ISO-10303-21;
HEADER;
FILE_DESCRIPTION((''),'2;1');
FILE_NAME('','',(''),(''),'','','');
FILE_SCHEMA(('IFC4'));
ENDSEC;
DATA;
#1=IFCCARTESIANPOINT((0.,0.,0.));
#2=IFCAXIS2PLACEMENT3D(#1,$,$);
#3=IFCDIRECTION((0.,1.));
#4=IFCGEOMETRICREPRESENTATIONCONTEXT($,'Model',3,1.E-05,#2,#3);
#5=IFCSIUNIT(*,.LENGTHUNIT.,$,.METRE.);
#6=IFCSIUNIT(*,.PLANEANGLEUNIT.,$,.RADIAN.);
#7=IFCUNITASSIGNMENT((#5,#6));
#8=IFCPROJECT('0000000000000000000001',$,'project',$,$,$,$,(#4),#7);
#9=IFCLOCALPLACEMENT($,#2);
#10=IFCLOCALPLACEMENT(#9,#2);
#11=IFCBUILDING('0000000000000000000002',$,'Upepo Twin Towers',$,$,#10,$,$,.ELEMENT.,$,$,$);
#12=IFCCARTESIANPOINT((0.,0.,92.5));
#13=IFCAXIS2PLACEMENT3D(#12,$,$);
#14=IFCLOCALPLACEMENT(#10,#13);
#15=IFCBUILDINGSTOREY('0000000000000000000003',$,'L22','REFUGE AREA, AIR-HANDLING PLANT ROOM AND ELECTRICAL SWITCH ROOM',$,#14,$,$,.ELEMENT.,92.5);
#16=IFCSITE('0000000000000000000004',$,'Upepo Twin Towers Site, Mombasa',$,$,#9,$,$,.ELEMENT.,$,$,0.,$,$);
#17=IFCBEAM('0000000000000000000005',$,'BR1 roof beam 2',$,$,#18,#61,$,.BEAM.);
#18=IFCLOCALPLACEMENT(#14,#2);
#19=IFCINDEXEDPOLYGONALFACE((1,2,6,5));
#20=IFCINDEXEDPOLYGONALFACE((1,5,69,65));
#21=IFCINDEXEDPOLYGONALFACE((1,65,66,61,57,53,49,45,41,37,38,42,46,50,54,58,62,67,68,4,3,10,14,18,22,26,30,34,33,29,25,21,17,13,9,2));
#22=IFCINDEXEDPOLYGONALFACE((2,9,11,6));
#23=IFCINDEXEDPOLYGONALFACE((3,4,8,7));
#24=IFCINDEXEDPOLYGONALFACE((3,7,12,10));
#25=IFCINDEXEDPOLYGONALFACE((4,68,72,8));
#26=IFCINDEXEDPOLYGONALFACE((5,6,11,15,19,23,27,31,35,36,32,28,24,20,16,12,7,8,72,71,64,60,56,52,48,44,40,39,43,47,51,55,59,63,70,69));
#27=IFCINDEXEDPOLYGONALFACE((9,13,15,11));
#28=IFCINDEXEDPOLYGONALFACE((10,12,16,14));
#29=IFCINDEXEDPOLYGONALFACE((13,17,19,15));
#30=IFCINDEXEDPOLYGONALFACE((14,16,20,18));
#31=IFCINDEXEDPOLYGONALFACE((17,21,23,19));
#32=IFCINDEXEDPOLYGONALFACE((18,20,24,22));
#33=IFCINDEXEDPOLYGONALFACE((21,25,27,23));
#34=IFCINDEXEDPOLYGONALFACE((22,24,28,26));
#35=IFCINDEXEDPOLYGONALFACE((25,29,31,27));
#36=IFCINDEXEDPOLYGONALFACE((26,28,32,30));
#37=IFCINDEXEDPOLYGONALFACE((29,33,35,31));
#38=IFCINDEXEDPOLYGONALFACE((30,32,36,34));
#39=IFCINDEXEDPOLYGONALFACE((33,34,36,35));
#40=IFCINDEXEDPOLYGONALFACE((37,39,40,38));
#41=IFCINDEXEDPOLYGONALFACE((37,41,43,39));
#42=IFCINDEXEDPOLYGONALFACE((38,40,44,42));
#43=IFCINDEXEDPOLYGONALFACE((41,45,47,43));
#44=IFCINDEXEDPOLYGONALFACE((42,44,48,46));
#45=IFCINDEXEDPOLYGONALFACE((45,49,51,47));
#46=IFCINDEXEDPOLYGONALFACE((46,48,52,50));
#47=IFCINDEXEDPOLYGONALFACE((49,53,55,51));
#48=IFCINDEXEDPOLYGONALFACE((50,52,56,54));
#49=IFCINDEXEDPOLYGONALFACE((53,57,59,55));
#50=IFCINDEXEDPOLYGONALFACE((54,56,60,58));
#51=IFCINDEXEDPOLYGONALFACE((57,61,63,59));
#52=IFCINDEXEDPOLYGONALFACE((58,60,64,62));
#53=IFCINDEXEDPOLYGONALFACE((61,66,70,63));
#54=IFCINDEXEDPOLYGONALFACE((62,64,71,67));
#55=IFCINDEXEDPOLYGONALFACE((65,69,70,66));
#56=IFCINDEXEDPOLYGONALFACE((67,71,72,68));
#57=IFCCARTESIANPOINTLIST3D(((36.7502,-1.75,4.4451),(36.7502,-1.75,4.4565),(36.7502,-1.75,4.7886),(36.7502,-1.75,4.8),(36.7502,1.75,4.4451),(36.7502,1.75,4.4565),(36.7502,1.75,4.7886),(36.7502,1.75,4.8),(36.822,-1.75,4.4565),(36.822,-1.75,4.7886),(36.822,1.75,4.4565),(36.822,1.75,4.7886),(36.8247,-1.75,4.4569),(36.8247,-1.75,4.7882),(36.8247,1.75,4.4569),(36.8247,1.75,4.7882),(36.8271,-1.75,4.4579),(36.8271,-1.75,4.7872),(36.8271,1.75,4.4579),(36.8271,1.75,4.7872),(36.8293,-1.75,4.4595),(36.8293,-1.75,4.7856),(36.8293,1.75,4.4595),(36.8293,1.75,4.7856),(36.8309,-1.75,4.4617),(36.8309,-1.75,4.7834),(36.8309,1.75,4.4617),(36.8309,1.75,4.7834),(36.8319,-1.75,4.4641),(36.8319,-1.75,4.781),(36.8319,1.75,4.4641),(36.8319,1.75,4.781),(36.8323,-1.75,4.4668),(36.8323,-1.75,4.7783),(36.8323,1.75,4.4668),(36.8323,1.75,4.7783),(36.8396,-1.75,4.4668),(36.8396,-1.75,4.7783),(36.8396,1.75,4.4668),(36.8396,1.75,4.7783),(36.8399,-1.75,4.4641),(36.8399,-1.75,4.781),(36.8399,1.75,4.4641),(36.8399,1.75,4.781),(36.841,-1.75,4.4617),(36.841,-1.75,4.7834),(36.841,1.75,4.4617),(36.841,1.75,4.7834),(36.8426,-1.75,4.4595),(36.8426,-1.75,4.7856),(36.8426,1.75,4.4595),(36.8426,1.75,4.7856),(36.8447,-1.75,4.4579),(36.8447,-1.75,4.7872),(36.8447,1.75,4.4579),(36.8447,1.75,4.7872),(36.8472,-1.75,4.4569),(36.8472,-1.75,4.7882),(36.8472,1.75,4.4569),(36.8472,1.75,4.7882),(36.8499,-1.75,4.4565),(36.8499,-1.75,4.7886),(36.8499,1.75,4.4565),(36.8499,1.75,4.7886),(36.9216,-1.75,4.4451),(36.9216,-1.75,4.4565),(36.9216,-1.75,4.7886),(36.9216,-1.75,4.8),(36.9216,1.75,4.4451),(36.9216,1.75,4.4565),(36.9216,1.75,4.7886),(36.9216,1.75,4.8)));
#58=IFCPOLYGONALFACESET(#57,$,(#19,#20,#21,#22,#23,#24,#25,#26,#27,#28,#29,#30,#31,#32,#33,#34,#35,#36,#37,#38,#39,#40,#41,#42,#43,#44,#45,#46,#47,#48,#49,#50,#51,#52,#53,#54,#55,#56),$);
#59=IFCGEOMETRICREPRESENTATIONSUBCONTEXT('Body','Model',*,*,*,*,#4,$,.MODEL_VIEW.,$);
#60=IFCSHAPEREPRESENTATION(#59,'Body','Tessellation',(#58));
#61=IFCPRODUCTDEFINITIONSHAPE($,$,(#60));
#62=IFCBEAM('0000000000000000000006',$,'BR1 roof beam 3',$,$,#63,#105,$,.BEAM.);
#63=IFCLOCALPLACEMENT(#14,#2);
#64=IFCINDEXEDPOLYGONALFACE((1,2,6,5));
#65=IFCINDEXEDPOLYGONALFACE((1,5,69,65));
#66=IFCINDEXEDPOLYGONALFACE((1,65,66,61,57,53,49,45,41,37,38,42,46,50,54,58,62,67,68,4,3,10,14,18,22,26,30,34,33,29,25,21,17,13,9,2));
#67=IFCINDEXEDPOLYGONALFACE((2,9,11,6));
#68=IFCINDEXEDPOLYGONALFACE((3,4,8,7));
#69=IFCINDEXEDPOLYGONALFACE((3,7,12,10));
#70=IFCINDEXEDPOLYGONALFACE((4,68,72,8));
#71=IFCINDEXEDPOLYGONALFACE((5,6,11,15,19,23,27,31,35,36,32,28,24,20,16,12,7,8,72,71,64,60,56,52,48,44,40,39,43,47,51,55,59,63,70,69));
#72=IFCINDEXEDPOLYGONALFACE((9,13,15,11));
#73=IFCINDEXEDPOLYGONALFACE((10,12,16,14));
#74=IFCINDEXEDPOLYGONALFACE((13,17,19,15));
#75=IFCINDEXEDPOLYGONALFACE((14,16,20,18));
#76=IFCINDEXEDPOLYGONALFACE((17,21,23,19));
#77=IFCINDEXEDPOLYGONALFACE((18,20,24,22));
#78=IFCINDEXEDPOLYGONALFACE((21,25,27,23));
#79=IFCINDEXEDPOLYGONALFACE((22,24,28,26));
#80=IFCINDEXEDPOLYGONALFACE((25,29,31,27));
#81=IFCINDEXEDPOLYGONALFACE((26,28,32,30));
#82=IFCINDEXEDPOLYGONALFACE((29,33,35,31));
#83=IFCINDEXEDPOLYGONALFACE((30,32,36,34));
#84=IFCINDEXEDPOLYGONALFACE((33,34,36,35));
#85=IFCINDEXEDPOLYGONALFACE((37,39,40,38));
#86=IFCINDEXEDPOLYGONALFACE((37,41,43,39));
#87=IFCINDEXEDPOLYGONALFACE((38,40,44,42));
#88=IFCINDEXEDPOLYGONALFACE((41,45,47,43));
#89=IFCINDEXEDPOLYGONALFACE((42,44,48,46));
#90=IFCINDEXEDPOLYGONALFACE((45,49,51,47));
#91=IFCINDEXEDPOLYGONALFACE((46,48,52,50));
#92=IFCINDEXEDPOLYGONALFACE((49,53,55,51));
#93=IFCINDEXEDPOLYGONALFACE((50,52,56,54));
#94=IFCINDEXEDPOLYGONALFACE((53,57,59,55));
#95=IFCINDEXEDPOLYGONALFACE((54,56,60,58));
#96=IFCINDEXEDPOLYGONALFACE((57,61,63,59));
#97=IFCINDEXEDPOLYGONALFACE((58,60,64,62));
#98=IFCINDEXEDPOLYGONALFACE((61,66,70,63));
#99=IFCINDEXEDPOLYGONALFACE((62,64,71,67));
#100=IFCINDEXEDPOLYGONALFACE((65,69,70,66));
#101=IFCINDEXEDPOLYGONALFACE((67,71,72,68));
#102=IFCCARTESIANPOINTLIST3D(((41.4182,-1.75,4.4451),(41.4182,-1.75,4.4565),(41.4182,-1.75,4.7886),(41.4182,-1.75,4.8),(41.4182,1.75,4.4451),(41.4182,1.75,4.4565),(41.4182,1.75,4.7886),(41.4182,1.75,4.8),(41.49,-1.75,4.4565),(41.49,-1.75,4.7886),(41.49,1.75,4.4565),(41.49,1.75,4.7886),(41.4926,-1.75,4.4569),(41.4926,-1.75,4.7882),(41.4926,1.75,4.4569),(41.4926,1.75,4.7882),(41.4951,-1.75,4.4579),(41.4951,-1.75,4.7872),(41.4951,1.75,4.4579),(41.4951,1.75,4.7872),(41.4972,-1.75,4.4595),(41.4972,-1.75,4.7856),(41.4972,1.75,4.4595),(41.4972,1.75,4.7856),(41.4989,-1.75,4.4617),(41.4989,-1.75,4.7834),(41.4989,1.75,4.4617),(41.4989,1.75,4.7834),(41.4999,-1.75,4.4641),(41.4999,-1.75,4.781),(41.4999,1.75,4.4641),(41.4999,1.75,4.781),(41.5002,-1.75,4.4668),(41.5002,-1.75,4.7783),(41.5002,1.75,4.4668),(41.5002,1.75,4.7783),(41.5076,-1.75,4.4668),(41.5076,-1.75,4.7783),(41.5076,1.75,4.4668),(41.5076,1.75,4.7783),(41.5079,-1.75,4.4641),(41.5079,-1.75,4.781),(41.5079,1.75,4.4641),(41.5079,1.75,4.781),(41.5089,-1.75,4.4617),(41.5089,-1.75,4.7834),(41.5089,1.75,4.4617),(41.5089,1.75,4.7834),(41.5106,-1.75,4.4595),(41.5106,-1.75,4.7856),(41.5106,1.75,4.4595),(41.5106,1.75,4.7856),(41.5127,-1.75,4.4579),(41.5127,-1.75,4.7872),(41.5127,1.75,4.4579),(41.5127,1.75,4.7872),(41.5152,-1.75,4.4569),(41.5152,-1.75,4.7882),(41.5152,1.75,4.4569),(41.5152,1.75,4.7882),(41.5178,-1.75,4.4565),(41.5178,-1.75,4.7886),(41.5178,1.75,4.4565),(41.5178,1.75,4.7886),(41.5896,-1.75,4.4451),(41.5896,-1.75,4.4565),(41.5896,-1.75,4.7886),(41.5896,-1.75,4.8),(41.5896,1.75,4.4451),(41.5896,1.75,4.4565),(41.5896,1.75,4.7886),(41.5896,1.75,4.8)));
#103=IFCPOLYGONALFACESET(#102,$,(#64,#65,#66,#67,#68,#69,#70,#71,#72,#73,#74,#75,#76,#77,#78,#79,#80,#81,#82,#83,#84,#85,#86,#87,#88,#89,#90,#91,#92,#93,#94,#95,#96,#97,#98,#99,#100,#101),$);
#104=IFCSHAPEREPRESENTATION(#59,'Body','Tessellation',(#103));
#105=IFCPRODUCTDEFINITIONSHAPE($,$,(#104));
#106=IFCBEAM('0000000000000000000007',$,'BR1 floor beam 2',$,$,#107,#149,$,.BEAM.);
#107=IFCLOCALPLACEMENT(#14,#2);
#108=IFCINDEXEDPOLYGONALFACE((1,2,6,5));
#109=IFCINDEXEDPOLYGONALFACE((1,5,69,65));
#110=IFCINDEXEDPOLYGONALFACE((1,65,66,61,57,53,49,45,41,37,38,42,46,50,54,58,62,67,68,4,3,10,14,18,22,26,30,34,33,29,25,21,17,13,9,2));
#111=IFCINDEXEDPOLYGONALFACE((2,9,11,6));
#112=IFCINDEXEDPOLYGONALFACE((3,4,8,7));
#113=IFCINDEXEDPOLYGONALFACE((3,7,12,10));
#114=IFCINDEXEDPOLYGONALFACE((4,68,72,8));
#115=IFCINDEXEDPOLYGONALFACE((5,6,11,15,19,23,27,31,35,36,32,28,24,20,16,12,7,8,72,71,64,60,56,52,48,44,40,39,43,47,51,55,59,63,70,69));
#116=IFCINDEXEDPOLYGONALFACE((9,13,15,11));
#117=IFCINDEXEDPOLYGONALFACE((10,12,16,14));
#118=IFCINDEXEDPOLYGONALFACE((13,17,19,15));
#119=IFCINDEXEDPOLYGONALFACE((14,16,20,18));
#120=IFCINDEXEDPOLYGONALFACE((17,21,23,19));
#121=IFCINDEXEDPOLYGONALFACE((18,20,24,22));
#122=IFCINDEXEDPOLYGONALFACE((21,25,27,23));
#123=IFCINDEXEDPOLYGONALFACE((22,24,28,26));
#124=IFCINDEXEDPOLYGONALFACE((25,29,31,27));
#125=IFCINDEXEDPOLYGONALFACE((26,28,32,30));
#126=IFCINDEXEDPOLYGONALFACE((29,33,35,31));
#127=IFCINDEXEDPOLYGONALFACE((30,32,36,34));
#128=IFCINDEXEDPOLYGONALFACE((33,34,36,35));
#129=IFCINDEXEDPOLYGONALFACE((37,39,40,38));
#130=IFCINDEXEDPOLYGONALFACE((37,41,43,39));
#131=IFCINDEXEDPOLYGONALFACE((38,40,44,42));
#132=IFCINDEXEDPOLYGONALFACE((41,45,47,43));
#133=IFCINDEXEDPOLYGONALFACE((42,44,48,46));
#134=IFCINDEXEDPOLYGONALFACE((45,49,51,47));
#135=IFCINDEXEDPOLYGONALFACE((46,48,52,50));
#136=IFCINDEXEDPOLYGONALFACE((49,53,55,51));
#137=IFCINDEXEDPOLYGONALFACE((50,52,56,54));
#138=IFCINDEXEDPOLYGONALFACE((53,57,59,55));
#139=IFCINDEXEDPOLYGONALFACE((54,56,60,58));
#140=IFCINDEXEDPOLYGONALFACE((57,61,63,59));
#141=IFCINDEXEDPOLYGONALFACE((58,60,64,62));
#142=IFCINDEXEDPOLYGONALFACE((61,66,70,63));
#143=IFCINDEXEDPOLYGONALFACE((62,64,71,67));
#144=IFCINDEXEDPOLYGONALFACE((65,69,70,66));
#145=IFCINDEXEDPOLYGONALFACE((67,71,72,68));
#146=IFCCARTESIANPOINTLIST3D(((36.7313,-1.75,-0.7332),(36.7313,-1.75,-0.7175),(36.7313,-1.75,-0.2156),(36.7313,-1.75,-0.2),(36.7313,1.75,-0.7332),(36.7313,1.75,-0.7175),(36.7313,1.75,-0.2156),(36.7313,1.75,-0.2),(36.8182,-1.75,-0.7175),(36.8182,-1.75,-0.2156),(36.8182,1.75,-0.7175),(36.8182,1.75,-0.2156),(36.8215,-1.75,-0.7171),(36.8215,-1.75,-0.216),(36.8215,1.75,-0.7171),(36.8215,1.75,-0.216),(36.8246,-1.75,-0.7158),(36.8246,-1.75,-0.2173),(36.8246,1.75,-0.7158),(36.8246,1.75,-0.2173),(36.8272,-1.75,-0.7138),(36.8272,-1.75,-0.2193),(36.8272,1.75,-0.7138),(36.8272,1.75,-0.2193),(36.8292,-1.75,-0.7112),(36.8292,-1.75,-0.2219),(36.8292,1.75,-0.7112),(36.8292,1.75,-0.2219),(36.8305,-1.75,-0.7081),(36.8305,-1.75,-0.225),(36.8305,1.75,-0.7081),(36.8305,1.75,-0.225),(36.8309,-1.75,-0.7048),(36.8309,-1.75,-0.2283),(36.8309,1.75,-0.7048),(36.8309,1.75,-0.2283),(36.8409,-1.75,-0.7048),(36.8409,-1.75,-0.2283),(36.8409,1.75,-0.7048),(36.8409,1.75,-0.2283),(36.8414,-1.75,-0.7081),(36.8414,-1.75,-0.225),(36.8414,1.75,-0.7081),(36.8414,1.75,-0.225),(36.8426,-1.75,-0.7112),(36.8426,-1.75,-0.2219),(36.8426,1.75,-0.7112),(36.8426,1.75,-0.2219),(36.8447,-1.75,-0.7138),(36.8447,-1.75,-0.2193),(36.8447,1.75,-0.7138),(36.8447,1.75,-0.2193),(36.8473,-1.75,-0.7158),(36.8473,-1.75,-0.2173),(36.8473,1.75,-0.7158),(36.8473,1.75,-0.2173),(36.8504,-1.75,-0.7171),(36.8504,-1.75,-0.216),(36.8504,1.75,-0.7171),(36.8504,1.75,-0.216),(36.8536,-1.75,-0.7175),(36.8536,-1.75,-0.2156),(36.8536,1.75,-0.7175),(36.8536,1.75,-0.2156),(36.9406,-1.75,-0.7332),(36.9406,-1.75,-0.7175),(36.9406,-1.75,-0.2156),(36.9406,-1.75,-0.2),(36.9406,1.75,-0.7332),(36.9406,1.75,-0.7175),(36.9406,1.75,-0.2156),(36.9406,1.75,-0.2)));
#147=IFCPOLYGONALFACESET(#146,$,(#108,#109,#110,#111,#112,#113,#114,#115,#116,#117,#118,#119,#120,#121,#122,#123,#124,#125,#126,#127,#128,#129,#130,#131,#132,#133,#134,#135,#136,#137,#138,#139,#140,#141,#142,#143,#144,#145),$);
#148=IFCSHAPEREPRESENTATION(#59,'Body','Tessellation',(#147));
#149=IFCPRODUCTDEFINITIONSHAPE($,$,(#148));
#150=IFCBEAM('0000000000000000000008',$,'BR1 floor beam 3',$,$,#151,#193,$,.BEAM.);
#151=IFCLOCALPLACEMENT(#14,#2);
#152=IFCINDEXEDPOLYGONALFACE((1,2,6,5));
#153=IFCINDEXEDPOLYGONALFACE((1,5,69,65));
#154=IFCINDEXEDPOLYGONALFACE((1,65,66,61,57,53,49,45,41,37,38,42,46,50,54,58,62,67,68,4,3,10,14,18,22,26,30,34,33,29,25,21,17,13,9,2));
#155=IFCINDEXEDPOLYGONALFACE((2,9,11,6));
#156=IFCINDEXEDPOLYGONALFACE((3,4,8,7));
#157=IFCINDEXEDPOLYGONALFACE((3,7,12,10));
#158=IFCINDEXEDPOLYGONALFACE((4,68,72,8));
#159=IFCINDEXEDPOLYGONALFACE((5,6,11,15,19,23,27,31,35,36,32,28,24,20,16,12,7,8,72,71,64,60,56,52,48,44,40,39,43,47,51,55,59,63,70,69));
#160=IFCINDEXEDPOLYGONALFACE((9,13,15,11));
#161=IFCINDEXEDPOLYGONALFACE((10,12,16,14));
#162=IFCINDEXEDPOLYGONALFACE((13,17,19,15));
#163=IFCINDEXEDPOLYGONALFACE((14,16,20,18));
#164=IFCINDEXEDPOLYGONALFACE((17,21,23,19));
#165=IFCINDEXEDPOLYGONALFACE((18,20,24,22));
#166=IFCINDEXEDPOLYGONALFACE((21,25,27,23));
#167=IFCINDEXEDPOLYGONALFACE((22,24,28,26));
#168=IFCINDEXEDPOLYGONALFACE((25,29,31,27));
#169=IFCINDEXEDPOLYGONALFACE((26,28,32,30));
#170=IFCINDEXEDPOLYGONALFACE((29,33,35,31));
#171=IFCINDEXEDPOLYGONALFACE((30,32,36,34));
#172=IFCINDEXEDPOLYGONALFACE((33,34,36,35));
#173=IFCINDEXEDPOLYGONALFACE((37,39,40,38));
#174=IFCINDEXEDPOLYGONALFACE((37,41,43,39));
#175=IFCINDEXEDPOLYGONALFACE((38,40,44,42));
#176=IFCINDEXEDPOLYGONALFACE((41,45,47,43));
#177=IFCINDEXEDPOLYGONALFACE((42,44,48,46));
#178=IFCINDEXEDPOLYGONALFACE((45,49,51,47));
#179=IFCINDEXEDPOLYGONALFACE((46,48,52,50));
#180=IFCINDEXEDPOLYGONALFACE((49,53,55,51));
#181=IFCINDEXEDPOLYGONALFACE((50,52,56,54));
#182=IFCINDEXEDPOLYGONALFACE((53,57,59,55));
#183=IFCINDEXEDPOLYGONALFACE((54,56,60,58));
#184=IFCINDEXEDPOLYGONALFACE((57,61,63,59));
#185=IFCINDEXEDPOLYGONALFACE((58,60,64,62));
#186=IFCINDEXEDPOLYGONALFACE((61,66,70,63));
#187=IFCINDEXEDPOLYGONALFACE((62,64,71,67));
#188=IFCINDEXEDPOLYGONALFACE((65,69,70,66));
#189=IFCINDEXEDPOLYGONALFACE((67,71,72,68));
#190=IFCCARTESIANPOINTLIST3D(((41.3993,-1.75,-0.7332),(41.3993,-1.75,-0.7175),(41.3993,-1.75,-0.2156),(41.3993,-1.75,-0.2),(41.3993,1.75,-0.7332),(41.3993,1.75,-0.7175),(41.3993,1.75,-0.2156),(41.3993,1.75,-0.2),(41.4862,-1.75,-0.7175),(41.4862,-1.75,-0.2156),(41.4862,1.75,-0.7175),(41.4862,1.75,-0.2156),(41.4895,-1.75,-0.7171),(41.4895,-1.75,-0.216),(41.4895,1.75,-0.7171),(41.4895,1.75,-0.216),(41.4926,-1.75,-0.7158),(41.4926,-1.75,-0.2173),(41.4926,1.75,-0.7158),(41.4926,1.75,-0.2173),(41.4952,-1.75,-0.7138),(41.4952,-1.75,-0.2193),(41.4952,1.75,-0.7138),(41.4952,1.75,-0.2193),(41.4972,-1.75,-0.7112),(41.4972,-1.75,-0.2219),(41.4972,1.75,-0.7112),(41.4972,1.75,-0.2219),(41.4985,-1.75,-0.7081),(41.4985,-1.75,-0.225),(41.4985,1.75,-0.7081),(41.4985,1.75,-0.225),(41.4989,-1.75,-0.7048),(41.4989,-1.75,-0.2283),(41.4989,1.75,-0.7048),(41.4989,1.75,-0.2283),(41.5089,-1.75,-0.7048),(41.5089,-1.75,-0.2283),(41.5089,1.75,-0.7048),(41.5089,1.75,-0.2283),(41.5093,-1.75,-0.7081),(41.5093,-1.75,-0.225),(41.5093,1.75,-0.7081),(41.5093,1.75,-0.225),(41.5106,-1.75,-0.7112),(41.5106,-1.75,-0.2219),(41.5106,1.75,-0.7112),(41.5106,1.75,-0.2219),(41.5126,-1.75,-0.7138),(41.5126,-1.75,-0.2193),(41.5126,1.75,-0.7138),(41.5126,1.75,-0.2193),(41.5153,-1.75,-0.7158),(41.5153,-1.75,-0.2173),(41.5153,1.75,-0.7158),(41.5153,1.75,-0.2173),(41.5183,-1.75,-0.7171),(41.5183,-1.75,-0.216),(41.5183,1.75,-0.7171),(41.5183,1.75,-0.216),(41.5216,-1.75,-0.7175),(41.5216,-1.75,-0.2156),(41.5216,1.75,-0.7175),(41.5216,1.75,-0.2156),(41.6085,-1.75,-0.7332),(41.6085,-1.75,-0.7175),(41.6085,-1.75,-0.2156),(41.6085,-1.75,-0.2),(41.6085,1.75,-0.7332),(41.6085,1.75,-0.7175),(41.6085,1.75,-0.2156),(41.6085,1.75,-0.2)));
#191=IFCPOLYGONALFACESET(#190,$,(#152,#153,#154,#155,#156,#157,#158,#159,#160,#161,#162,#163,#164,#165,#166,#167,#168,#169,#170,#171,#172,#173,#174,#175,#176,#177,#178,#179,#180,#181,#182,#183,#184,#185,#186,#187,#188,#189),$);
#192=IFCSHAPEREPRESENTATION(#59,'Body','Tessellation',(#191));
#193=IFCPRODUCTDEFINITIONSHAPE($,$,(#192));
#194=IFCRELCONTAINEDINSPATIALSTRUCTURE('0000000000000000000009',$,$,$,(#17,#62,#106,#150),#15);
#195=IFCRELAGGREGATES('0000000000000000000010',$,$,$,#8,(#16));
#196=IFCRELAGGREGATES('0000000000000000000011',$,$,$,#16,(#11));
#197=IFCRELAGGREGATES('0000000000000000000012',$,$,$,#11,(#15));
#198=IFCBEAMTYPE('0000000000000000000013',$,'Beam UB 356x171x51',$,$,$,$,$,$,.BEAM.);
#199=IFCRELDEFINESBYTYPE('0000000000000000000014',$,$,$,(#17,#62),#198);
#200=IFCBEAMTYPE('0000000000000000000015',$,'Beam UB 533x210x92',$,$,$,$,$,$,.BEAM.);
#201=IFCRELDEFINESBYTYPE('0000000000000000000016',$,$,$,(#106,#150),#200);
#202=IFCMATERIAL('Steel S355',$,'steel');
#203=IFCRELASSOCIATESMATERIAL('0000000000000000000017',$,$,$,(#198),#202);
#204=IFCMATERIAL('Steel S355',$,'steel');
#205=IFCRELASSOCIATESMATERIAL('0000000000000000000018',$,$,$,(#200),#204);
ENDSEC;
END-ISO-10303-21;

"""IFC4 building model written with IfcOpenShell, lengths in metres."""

from ifc_helpers import new_model, si_unit, direction, frame, origin, origin_2d, place, context, subcontext, project, spatial, i_section, extrude, material, material_profile, profile_set, type_object, element, save


model = new_model("IFC4")

# Units and contexts
model_context = context("Model", 3, precision=1e-05, world=origin(), true_north=direction((0.0, 1.0)))
body_context = subcontext(model_context, "Body", "Model", "MODEL_VIEW")
ifc_project = project(units=[si_unit("LENGTHUNIT", "METRE"), si_unit("PLANEANGLEUNIT", "RADIAN")], contexts=[model_context])

# Site, building, storey
site_placement = place(None, origin())
site = spatial("IfcSite", under=ifc_project, at=site_placement, Name="Upepo Twin Towers Site, Mombasa", CompositionType="ELEMENT", RefElevation=0.0)
building_placement = place(site_placement, origin())
building = spatial("IfcBuilding", under=site, at=building_placement, Name="Upepo Twin Towers", CompositionType="ELEMENT")
storey_placement = place(building_placement, frame((0.0, 0.0, 92.5)))
storey = spatial("IfcBuildingStorey", under=building, at=storey_placement, Name="L22", Description="REFUGE AREA, AIR-HANDLING PLANT ROOM AND ELECTRICAL SWITCH ROOM", CompositionType="ELEMENT", Elevation=92.5)

# Beams
ifc_material_1 = material(Name="Steel S355", Category="steel")
ifc_material_profile_1 = material_profile(ifc_material_1, i_section(OverallWidth=0.1714, OverallDepth=0.355, WebThickness=0.0073, FlangeThickness=0.0115, FilletRadius=0.0103, at=origin_2d()), Name="UB 356x171x51")
ifc_profile_set_1 = profile_set([ifc_material_profile_1], Name="Steel S355")
beam_type_1 = type_object("IfcBeamType", Name="Beam UB 356x171x51", PredefinedType="BEAM", material=ifc_profile_set_1)
for number, where, z_axis, x_axis, name in (
    (1, (36.8359, -1.75, 4.6226), (0.0, 1.0, 0.0), (-1.0, 0.0, 0.0), "BR1 roof beam 2"),
    (2, (41.5039, -1.75, 4.6226), (0.0, 1.0, 0.0), (-1.0, 0.0, 0.0), "BR1 roof beam 3"),
):
    element("IfcBeam", number, at=place(storey_placement, frame(where, z_axis=z_axis, x_axis=x_axis)), inside=storey, type_object=beam_type_1, Name=name, PredefinedType="BEAM", context=body_context, shape_type="SweptSolid", body=[
        extrude(i_section(OverallWidth=0.1714, OverallDepth=0.355, WebThickness=0.0073, FlangeThickness=0.0115, FilletRadius=0.0103, at=origin_2d()), origin(), (0.0, 0.0, 1.0), 3.5),
    ])
ifc_material_2 = material(Name="Steel S355", Category="steel")
ifc_material_profile_2 = material_profile(ifc_material_2, i_section(OverallWidth=0.2092, OverallDepth=0.5332, WebThickness=0.01, FlangeThickness=0.0156, FilletRadius=0.0127, at=origin_2d()), Name="UB 533x210x92")
ifc_profile_set_2 = profile_set([ifc_material_profile_2], Name="Steel S355")
beam_type_2 = type_object("IfcBeamType", Name="Beam UB 533x210x92", PredefinedType="BEAM", material=ifc_profile_set_2)
for number, where, z_axis, x_axis, name in (
    (3, (36.8359, -1.75, -0.4666), (0.0, 1.0, 0.0), (-1.0, 0.0, 0.0), "BR1 floor beam 2"),
    (4, (41.5039, -1.75, -0.4666), (0.0, 1.0, 0.0), (-1.0, 0.0, 0.0), "BR1 floor beam 3"),
):
    element("IfcBeam", number, at=place(storey_placement, frame(where, z_axis=z_axis, x_axis=x_axis)), inside=storey, type_object=beam_type_2, Name=name, PredefinedType="BEAM", context=body_context, shape_type="SweptSolid", body=[
        extrude(i_section(OverallWidth=0.2092, OverallDepth=0.5332, WebThickness=0.01, FlangeThickness=0.0156, FilletRadius=0.0127, at=origin_2d()), origin(), (0.0, 0.0, 1.0), 3.5),
    ])

save(model, "model.ifc")
